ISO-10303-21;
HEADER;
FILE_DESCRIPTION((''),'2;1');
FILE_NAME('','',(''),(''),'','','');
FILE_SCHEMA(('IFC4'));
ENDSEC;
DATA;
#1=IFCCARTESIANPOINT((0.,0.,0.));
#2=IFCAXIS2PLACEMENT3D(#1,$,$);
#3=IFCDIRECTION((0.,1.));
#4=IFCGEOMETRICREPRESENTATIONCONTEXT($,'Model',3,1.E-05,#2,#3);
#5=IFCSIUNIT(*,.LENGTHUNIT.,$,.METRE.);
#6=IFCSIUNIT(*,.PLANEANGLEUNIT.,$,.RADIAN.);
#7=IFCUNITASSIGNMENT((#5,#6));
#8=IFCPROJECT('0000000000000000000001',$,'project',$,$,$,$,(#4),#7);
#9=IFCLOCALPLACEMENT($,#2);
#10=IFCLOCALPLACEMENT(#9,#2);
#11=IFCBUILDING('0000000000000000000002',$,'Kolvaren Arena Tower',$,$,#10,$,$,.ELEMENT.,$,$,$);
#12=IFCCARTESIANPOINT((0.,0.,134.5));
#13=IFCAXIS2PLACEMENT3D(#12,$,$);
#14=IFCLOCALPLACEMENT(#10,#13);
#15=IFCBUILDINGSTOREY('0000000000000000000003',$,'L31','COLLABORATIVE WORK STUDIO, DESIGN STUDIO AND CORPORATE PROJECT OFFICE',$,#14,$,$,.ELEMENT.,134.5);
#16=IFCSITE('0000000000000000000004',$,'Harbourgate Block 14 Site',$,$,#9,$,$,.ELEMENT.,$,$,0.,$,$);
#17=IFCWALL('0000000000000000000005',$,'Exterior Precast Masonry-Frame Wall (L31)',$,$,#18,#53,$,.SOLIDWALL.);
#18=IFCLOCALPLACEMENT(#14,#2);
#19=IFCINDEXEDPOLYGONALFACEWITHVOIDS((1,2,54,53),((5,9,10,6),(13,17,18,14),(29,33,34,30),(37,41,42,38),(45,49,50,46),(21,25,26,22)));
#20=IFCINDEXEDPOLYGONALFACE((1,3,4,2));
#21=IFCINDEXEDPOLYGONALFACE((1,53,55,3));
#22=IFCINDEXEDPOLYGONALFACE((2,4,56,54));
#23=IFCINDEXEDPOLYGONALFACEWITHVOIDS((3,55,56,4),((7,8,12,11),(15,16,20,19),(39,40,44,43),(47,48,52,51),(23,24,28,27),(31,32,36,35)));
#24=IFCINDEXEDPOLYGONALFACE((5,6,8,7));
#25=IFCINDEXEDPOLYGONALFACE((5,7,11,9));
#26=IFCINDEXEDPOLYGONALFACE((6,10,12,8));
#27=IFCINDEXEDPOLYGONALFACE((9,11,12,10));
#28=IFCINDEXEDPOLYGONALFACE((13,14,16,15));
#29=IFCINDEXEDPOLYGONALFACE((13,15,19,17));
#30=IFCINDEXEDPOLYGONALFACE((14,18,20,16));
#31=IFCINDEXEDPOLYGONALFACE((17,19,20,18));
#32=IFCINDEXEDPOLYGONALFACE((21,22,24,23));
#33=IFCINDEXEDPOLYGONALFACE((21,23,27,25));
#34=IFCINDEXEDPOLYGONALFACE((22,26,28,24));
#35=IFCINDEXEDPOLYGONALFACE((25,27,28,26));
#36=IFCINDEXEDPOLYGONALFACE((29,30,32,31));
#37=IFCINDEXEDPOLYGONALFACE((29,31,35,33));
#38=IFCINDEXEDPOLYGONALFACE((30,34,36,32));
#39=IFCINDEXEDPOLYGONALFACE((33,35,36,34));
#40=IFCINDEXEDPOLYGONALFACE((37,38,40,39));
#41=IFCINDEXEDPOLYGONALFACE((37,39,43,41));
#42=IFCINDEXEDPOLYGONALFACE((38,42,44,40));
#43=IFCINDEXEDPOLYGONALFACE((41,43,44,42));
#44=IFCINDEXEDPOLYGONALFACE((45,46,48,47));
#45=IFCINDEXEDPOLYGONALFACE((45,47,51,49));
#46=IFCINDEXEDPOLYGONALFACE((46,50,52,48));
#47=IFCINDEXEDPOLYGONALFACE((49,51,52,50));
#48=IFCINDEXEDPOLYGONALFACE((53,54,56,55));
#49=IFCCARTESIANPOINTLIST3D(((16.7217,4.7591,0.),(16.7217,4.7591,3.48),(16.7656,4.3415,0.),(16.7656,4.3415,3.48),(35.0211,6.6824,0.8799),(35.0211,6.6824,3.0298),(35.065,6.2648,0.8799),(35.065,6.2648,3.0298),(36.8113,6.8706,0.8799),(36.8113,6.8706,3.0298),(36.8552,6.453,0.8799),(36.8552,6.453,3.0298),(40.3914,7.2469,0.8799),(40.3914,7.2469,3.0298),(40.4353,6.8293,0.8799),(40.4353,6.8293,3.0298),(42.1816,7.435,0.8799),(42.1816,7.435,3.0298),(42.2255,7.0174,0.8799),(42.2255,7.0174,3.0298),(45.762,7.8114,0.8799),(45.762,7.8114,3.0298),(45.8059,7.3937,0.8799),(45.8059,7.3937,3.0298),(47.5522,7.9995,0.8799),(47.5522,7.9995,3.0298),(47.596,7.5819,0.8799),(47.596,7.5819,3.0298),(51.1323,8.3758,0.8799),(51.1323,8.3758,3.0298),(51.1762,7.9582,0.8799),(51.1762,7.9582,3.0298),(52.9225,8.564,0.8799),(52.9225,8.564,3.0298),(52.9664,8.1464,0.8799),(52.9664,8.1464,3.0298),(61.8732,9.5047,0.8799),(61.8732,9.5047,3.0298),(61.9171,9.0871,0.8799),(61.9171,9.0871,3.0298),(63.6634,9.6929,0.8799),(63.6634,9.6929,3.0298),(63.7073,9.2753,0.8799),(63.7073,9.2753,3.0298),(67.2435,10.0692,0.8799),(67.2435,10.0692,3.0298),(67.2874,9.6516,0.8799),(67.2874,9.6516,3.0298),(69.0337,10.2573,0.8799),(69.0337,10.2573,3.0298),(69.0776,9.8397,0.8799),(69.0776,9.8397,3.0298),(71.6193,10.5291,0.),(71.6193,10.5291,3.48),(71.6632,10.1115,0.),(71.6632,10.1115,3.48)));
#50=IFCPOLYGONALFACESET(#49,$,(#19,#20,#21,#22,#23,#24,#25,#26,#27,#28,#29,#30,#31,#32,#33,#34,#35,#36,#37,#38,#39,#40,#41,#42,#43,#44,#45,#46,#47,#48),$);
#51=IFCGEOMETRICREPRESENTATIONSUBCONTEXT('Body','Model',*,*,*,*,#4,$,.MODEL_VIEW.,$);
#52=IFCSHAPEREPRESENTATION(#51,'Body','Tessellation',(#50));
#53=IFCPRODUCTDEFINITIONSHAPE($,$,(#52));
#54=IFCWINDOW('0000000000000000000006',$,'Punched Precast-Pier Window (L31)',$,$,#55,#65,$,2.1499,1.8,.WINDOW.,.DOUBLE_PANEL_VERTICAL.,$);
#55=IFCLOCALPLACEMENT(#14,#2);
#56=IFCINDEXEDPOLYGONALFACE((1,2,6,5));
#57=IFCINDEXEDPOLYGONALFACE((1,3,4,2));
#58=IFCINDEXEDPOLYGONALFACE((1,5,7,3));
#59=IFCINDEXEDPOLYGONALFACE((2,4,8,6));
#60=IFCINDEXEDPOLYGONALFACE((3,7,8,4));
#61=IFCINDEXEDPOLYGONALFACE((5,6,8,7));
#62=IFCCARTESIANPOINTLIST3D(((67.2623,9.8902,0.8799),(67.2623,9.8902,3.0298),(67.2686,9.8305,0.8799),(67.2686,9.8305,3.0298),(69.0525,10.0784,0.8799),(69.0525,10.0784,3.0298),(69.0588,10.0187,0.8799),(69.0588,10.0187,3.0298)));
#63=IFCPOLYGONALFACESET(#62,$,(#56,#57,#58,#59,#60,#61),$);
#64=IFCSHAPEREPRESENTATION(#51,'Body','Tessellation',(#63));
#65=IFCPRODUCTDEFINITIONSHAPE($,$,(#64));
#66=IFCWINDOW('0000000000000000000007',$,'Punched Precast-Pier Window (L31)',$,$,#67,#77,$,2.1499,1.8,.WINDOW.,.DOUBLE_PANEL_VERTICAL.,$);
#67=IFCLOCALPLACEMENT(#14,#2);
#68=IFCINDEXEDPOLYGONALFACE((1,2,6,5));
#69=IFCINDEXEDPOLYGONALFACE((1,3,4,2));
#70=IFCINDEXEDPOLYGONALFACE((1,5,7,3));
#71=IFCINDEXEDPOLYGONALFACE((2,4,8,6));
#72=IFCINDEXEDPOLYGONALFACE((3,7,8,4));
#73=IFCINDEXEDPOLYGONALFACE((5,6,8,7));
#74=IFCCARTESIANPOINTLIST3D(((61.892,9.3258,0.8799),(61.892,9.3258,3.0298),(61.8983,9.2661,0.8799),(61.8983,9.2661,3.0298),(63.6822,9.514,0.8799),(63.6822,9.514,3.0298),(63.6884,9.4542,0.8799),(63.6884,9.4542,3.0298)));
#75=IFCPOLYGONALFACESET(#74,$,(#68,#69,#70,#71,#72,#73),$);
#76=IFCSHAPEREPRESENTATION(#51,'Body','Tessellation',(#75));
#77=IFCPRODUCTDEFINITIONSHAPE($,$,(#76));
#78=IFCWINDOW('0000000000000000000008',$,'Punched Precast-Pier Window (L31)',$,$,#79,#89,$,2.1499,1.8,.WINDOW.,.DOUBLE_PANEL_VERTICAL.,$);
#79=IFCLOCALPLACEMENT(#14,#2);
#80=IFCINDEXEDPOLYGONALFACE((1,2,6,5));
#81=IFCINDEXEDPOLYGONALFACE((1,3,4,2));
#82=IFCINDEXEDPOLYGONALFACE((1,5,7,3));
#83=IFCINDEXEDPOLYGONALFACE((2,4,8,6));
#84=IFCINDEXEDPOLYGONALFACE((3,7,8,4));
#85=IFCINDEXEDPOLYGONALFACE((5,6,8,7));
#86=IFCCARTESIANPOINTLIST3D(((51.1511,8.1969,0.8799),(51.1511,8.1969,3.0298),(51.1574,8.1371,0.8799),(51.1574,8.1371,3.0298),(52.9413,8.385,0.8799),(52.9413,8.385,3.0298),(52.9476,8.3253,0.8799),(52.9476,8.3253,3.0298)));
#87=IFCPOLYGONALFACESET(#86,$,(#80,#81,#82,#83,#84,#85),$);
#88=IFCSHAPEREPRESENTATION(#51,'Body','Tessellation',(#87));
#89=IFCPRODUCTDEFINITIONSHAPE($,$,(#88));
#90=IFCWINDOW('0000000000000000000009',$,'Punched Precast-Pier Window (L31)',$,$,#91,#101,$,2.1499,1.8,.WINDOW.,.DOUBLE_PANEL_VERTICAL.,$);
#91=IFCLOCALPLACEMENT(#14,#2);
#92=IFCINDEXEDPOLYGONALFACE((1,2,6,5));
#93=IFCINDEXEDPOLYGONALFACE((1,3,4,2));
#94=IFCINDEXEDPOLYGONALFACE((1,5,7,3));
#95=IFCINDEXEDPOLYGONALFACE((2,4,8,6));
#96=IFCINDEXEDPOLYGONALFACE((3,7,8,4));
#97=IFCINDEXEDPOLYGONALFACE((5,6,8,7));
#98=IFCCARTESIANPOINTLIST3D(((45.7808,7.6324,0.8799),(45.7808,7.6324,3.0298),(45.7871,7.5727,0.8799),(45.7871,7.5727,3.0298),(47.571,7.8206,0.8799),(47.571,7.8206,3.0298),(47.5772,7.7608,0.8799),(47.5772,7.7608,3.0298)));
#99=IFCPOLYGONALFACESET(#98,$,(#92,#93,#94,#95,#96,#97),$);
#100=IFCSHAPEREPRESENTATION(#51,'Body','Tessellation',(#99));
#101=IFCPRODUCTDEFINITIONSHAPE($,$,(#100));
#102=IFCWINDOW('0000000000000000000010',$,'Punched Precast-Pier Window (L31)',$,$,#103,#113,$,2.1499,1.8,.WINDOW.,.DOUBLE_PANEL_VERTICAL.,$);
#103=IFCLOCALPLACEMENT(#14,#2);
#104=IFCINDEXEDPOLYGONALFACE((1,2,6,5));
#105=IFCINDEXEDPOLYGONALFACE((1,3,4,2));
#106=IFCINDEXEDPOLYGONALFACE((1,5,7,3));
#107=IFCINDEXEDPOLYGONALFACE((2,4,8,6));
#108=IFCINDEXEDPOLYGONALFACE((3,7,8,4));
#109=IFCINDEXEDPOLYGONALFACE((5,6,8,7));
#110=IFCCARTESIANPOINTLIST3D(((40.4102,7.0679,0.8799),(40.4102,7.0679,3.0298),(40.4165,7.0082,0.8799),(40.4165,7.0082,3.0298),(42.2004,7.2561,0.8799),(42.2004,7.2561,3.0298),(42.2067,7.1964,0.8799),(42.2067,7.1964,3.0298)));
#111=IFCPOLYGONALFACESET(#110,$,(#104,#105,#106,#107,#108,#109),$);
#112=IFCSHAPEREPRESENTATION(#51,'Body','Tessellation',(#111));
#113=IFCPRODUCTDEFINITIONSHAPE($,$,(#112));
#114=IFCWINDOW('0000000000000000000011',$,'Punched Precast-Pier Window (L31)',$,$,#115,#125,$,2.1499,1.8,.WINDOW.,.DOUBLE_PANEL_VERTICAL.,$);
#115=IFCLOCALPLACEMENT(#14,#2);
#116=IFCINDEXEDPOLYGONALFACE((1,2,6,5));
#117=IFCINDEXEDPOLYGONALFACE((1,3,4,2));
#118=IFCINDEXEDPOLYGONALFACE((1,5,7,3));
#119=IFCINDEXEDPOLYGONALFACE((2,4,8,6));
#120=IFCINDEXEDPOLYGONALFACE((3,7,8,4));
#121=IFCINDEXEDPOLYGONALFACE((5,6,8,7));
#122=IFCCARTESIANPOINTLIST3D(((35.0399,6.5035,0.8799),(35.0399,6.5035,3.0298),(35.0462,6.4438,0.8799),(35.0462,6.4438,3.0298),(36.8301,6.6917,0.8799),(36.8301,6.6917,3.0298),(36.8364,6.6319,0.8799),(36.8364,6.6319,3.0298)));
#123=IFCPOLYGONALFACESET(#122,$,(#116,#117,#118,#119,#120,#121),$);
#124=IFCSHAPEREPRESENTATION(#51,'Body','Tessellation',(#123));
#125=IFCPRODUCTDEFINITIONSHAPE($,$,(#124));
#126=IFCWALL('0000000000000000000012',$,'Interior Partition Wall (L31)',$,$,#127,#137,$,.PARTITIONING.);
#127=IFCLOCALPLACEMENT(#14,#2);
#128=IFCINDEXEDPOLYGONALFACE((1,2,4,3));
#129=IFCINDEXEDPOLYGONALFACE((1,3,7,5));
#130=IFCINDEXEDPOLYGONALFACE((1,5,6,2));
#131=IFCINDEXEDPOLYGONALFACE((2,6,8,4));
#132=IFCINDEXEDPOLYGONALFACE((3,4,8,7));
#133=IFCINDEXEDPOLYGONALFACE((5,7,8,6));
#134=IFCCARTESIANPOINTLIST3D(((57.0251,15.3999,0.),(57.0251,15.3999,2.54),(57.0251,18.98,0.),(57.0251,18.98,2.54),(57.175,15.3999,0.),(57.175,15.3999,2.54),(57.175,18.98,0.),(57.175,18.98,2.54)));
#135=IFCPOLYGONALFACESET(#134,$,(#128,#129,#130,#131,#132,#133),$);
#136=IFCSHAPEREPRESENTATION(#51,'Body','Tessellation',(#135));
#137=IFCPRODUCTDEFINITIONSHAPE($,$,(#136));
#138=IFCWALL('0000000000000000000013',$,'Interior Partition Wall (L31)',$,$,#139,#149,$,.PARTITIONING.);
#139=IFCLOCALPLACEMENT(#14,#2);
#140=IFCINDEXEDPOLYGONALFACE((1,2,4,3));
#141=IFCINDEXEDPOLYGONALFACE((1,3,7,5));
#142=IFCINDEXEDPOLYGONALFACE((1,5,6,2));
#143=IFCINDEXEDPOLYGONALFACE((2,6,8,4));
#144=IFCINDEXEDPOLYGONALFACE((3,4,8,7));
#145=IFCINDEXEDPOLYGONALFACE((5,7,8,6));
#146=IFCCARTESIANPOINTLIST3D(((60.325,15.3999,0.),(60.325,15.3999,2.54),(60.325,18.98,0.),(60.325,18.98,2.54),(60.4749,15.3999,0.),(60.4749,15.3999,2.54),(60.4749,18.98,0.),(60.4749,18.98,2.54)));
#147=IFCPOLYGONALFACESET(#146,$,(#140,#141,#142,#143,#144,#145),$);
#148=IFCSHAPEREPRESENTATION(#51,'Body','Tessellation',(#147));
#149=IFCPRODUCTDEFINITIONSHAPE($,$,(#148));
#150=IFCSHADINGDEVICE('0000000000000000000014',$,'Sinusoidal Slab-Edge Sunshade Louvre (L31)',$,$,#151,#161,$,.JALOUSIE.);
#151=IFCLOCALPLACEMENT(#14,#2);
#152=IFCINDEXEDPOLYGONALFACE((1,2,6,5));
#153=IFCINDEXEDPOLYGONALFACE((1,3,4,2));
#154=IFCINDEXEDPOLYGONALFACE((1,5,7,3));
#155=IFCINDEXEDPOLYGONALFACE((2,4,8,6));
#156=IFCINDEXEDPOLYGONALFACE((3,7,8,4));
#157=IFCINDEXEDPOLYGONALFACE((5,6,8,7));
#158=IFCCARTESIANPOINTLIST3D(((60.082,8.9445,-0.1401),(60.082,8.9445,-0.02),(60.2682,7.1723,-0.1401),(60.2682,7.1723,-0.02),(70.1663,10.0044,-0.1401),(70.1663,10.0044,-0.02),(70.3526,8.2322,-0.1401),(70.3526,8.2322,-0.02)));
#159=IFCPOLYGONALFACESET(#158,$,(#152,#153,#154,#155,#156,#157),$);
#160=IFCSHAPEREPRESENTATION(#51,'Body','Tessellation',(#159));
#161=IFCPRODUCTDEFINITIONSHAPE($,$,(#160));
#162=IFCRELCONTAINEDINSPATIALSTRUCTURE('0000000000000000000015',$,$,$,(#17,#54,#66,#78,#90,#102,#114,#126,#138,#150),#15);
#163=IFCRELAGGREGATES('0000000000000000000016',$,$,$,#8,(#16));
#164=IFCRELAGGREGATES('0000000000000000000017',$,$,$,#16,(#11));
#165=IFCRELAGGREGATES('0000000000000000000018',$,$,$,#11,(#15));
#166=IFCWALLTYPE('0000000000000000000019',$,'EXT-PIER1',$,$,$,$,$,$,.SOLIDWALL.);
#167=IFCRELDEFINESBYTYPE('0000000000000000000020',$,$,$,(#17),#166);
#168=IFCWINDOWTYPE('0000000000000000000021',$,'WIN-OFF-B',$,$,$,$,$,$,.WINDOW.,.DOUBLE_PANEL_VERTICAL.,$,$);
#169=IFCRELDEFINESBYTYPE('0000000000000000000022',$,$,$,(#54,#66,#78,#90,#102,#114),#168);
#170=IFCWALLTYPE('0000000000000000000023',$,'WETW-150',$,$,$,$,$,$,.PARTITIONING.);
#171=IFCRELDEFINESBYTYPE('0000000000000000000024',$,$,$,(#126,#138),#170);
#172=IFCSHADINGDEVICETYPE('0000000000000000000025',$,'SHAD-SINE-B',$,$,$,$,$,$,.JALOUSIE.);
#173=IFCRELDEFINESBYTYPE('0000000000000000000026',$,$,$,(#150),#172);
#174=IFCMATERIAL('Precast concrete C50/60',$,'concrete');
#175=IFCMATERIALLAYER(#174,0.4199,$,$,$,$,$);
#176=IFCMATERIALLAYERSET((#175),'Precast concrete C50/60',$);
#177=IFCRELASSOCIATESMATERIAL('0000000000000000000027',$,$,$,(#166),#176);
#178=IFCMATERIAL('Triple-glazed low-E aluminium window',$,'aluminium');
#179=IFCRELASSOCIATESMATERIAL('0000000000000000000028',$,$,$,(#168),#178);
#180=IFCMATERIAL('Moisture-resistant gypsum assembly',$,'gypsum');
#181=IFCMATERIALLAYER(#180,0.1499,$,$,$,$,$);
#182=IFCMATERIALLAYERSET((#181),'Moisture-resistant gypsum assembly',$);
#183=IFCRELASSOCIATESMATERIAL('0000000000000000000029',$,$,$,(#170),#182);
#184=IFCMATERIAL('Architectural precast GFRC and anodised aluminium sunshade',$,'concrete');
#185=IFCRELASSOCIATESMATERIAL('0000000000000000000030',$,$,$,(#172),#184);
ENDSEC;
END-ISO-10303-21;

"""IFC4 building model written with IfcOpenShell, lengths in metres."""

from ifc_helpers import new_model, si_unit, direction, frame, frame_2d, origin, origin_2d, place, context, subcontext, project, spatial, rectangle, extrude, material, layer, layer_set, type_object, element, fill, save


model = new_model("IFC4")

# Units and contexts
model_context = context("Model", 3, precision=1e-05, world=origin(), true_north=direction((0.0, 1.0)))
body_context = subcontext(model_context, "Body", "Model", "MODEL_VIEW")
ifc_project = project(units=[si_unit("LENGTHUNIT", "METRE"), si_unit("PLANEANGLEUNIT", "RADIAN")], contexts=[model_context])

# Site, building, storey
site_placement = place(None, origin())
site = spatial("IfcSite", under=ifc_project, at=site_placement, Name="Harbourgate Block 14 Site", CompositionType="ELEMENT", RefElevation=0.0)
building_placement = place(site_placement, origin())
building = spatial("IfcBuilding", under=site, at=building_placement, Name="Kolvaren Arena Tower", CompositionType="ELEMENT")
storey_placement = place(building_placement, frame((0.0, 0.0, 134.5)))
storey = spatial("IfcBuildingStorey", under=building, at=storey_placement, Name="L31", Description="COLLABORATIVE WORK STUDIO, DESIGN STUDIO AND CORPORATE PROJECT OFFICE", CompositionType="ELEMENT", Elevation=134.5)

# Shared definitions
ifc_material_1 = material(Name="Precast concrete C50/60", Category="concrete")
ifc_layer_1 = layer(ifc_material_1, 0.4199)
ifc_layer_set_1 = layer_set([ifc_layer_1], Name="Precast concrete C50/60")
wall_type_1 = type_object("IfcWallType", Name="EXT-PIER1", PredefinedType="SOLIDWALL", material=ifc_layer_set_1)

# Wall, openings, windows
wall_1_placement = place(storey_placement, frame((71.6414, 10.3203, 0.0), z_axis=(0.0, 0.0, 1.0), x_axis=(-0.994522, -0.10453, 0.0)))
wall_1 = element("IfcWall", 1, at=wall_1_placement, inside=storey, type_object=wall_type_1, Name="Exterior Precast Masonry-Frame Wall (L31)", PredefinedType="SOLIDWALL", context=body_context, shape_type="SweptSolid", body=[
    extrude(rectangle(XDim=55.2, YDim=0.4199, at=frame_2d((27.6001, 0.0))), origin(), (0.0, 0.0, 1.0), 3.48),
])
opening_1_placement = place(wall_1_placement, frame((2.6001, 0.0, 0.8799)))
opening_1 = element("IfcOpeningElement", 2, at=opening_1_placement, cuts=wall_1, PredefinedType="OPENING", context=body_context, shape_type="SweptSolid", body=[
    extrude(rectangle(XDim=1.8, YDim=2.1499, at=frame_2d((0.8999, 1.075))), frame((0.0, 0.22, 0.0), z_axis=(0.0, -1.0, 0.0), x_axis=(1.0, 0.0, 0.0)), (0.0, 0.0, 1.0), 0.4399),
])
opening_2_placement = place(wall_1_placement, frame((8.0, 0.0, 0.8799)))
opening_2 = element("IfcOpeningElement", 3, at=opening_2_placement, cuts=wall_1, PredefinedType="OPENING", context=body_context, shape_type="SweptSolid", body=[
    extrude(rectangle(XDim=1.8, YDim=2.1499, at=frame_2d((0.8999, 1.075))), frame((0.0, 0.22, 0.0), z_axis=(0.0, -1.0, 0.0), x_axis=(1.0, 0.0, 0.0)), (0.0, 0.0, 1.0), 0.4399),
])
opening_3_placement = place(wall_1_placement, frame((18.8, 0.0, 0.8799)))
opening_3 = element("IfcOpeningElement", 4, at=opening_3_placement, cuts=wall_1, PredefinedType="OPENING", context=body_context, shape_type="SweptSolid", body=[
    extrude(rectangle(XDim=1.8, YDim=2.1499, at=frame_2d((0.8999, 1.075))), frame((0.0, 0.22, 0.0), z_axis=(0.0, -1.0, 0.0), x_axis=(1.0, 0.0, 0.0)), (0.0, 0.0, 1.0), 0.4399),
])
opening_4_placement = place(wall_1_placement, frame((24.2, 0.0, 0.8799)))
opening_4 = element("IfcOpeningElement", 5, at=opening_4_placement, cuts=wall_1, PredefinedType="OPENING", context=body_context, shape_type="SweptSolid", body=[
    extrude(rectangle(XDim=1.8, YDim=2.1499, at=frame_2d((0.8999, 1.075))), frame((0.0, 0.22, 0.0), z_axis=(0.0, -1.0, 0.0), x_axis=(1.0, 0.0, 0.0)), (0.0, 0.0, 1.0), 0.4399),
])
opening_5_placement = place(wall_1_placement, frame((29.6001, 0.0, 0.8799)))
opening_5 = element("IfcOpeningElement", 6, at=opening_5_placement, cuts=wall_1, PredefinedType="OPENING", context=body_context, shape_type="SweptSolid", body=[
    extrude(rectangle(XDim=1.8, YDim=2.1499, at=frame_2d((0.8999, 1.075))), frame((0.0, 0.22, 0.0), z_axis=(0.0, -1.0, 0.0), x_axis=(1.0, 0.0, 0.0)), (0.0, 0.0, 1.0), 0.4399),
])
opening_6_placement = place(wall_1_placement, frame((35.0, 0.0, 0.8799)))
opening_6 = element("IfcOpeningElement", 7, at=opening_6_placement, cuts=wall_1, PredefinedType="OPENING", context=body_context, shape_type="SweptSolid", body=[
    extrude(rectangle(XDim=1.8, YDim=2.1499, at=frame_2d((0.8999, 1.075))), frame((0.0, 0.22, 0.0), z_axis=(0.0, -1.0, 0.0), x_axis=(1.0, 0.0, 0.0)), (0.0, 0.0, 1.0), 0.4399),
])
ifc_material_2 = material(Name="Triple-glazed low-E aluminium window", Category="aluminium")
window_type = type_object("IfcWindowType", Name="WIN-OFF-B", PartitioningType="DOUBLE_PANEL_VERTICAL", PredefinedType="WINDOW", material=ifc_material_2)
window_1_placement = place(opening_1_placement, origin())
window_1 = element("IfcWindow", 8, at=window_1_placement, inside=storey, type_object=window_type, Name="Punched Precast-Pier Window (L31)", OverallHeight=2.1499, OverallWidth=1.8, PartitioningType="DOUBLE_PANEL_VERTICAL", PredefinedType="WINDOW", context=body_context, shape_type="SweptSolid", body=[
    extrude(rectangle(XDim=1.8, YDim=2.1499, at=frame_2d((0.8999, 1.075))), frame((0.0, 0.03, 0.0), z_axis=(0.0, -1.0, 0.0), x_axis=(1.0, 0.0, 0.0)), (0.0, 0.0, 1.0), 0.0601),
])
fill(opening_1, window_1)
window_2_placement = place(opening_2_placement, origin())
window_2 = element("IfcWindow", 9, at=window_2_placement, inside=storey, type_object=window_type, Name="Punched Precast-Pier Window (L31)", OverallHeight=2.1499, OverallWidth=1.8, PartitioningType="DOUBLE_PANEL_VERTICAL", PredefinedType="WINDOW", context=body_context, shape_type="SweptSolid", body=[
    extrude(rectangle(XDim=1.8, YDim=2.1499, at=frame_2d((0.8999, 1.075))), frame((0.0, 0.03, 0.0), z_axis=(0.0, -1.0, 0.0), x_axis=(1.0, 0.0, 0.0)), (0.0, 0.0, 1.0), 0.0601),
])
fill(opening_2, window_2)
window_3_placement = place(opening_3_placement, origin())
window_3 = element("IfcWindow", 10, at=window_3_placement, inside=storey, type_object=window_type, Name="Punched Precast-Pier Window (L31)", OverallHeight=2.1499, OverallWidth=1.8, PartitioningType="DOUBLE_PANEL_VERTICAL", PredefinedType="WINDOW", context=body_context, shape_type="SweptSolid", body=[
    extrude(rectangle(XDim=1.8, YDim=2.1499, at=frame_2d((0.8999, 1.075))), frame((0.0, 0.03, 0.0), z_axis=(0.0, -1.0, 0.0), x_axis=(1.0, 0.0, 0.0)), (0.0, 0.0, 1.0), 0.0601),
])
fill(opening_3, window_3)
window_4_placement = place(opening_4_placement, origin())
window_4 = element("IfcWindow", 11, at=window_4_placement, inside=storey, type_object=window_type, Name="Punched Precast-Pier Window (L31)", OverallHeight=2.1499, OverallWidth=1.8, PartitioningType="DOUBLE_PANEL_VERTICAL", PredefinedType="WINDOW", context=body_context, shape_type="SweptSolid", body=[
    extrude(rectangle(XDim=1.8, YDim=2.1499, at=frame_2d((0.8999, 1.075))), frame((0.0, 0.03, 0.0), z_axis=(0.0, -1.0, 0.0), x_axis=(1.0, 0.0, 0.0)), (0.0, 0.0, 1.0), 0.0601),
])
fill(opening_4, window_4)
window_5_placement = place(opening_5_placement, origin())
window_5 = element("IfcWindow", 12, at=window_5_placement, inside=storey, type_object=window_type, Name="Punched Precast-Pier Window (L31)", OverallHeight=2.1499, OverallWidth=1.8, PartitioningType="DOUBLE_PANEL_VERTICAL", PredefinedType="WINDOW", context=body_context, shape_type="SweptSolid", body=[
    extrude(rectangle(XDim=1.8, YDim=2.1499, at=frame_2d((0.8999, 1.075))), frame((0.0, 0.03, 0.0), z_axis=(0.0, -1.0, 0.0), x_axis=(1.0, 0.0, 0.0)), (0.0, 0.0, 1.0), 0.0601),
])
fill(opening_5, window_5)
window_6_placement = place(opening_6_placement, origin())
window_6 = element("IfcWindow", 13, at=window_6_placement, inside=storey, type_object=window_type, Name="Punched Precast-Pier Window (L31)", OverallHeight=2.1499, OverallWidth=1.8, PartitioningType="DOUBLE_PANEL_VERTICAL", PredefinedType="WINDOW", context=body_context, shape_type="SweptSolid", body=[
    extrude(rectangle(XDim=1.8, YDim=2.1499, at=frame_2d((0.8999, 1.075))), frame((0.0, 0.03, 0.0), z_axis=(0.0, -1.0, 0.0), x_axis=(1.0, 0.0, 0.0)), (0.0, 0.0, 1.0), 0.0601),
])
fill(opening_6, window_6)

# Walls
ifc_material_3 = material(Name="Moisture-resistant gypsum assembly", Category="gypsum")
ifc_layer_2 = layer(ifc_material_3, 0.1499)
ifc_layer_set_2 = layer_set([ifc_layer_2], Name="Moisture-resistant gypsum assembly")
wall_type_2 = type_object("IfcWallType", Name="WETW-150", PredefinedType="PARTITIONING", material=ifc_layer_set_2)
for number, where, z_axis, x_axis, name in (
    (14, (57.1001, 15.3999, 0.0), (0.0, 0.0, 1.0), (0.0, 1.0, 0.0), "Interior Partition Wall (L31)"),
    (15, (60.3999, 15.3999, 0.0), (0.0, 0.0, 1.0), (0.0, 1.0, 0.0), "Interior Partition Wall (L31)"),
):
    element("IfcWall", number, at=place(storey_placement, frame(where, z_axis=z_axis, x_axis=x_axis)), inside=storey, type_object=wall_type_2, Name=name, PredefinedType="PARTITIONING", context=body_context, shape_type="SweptSolid", body=[
        extrude(rectangle(XDim=3.5801, YDim=0.1499, at=frame_2d((1.79, 0.0))), origin(), (0.0, 0.0, 1.0), 2.54),
    ])

# Shading device
ifc_material_4 = material(Name="Architectural precast GFRC and anodised aluminium sunshade", Category="concrete")
shading_device_type = type_object("IfcShadingDeviceType", Name="SHAD-SINE-B", PredefinedType="JALOUSIE", material=ifc_material_4)
shading_device_placement = place(storey_placement, frame((65.2173, 8.5884, -0.1401), z_axis=(0.0, 0.0, 1.0), x_axis=(-0.994522, -0.104527, 0.0)))
element("IfcShadingDevice", 16, at=shading_device_placement, inside=storey, type_object=shading_device_type, Name="Sinusoidal Slab-Edge Sunshade Louvre (L31)", PredefinedType="JALOUSIE", context=body_context, shape_type="SweptSolid", body=[
    extrude(rectangle(XDim=10.1399, YDim=1.782, at=origin_2d()), origin(), (0.0, 0.0, 1.0), 0.1201),
])

save(model, "model.ifc")
